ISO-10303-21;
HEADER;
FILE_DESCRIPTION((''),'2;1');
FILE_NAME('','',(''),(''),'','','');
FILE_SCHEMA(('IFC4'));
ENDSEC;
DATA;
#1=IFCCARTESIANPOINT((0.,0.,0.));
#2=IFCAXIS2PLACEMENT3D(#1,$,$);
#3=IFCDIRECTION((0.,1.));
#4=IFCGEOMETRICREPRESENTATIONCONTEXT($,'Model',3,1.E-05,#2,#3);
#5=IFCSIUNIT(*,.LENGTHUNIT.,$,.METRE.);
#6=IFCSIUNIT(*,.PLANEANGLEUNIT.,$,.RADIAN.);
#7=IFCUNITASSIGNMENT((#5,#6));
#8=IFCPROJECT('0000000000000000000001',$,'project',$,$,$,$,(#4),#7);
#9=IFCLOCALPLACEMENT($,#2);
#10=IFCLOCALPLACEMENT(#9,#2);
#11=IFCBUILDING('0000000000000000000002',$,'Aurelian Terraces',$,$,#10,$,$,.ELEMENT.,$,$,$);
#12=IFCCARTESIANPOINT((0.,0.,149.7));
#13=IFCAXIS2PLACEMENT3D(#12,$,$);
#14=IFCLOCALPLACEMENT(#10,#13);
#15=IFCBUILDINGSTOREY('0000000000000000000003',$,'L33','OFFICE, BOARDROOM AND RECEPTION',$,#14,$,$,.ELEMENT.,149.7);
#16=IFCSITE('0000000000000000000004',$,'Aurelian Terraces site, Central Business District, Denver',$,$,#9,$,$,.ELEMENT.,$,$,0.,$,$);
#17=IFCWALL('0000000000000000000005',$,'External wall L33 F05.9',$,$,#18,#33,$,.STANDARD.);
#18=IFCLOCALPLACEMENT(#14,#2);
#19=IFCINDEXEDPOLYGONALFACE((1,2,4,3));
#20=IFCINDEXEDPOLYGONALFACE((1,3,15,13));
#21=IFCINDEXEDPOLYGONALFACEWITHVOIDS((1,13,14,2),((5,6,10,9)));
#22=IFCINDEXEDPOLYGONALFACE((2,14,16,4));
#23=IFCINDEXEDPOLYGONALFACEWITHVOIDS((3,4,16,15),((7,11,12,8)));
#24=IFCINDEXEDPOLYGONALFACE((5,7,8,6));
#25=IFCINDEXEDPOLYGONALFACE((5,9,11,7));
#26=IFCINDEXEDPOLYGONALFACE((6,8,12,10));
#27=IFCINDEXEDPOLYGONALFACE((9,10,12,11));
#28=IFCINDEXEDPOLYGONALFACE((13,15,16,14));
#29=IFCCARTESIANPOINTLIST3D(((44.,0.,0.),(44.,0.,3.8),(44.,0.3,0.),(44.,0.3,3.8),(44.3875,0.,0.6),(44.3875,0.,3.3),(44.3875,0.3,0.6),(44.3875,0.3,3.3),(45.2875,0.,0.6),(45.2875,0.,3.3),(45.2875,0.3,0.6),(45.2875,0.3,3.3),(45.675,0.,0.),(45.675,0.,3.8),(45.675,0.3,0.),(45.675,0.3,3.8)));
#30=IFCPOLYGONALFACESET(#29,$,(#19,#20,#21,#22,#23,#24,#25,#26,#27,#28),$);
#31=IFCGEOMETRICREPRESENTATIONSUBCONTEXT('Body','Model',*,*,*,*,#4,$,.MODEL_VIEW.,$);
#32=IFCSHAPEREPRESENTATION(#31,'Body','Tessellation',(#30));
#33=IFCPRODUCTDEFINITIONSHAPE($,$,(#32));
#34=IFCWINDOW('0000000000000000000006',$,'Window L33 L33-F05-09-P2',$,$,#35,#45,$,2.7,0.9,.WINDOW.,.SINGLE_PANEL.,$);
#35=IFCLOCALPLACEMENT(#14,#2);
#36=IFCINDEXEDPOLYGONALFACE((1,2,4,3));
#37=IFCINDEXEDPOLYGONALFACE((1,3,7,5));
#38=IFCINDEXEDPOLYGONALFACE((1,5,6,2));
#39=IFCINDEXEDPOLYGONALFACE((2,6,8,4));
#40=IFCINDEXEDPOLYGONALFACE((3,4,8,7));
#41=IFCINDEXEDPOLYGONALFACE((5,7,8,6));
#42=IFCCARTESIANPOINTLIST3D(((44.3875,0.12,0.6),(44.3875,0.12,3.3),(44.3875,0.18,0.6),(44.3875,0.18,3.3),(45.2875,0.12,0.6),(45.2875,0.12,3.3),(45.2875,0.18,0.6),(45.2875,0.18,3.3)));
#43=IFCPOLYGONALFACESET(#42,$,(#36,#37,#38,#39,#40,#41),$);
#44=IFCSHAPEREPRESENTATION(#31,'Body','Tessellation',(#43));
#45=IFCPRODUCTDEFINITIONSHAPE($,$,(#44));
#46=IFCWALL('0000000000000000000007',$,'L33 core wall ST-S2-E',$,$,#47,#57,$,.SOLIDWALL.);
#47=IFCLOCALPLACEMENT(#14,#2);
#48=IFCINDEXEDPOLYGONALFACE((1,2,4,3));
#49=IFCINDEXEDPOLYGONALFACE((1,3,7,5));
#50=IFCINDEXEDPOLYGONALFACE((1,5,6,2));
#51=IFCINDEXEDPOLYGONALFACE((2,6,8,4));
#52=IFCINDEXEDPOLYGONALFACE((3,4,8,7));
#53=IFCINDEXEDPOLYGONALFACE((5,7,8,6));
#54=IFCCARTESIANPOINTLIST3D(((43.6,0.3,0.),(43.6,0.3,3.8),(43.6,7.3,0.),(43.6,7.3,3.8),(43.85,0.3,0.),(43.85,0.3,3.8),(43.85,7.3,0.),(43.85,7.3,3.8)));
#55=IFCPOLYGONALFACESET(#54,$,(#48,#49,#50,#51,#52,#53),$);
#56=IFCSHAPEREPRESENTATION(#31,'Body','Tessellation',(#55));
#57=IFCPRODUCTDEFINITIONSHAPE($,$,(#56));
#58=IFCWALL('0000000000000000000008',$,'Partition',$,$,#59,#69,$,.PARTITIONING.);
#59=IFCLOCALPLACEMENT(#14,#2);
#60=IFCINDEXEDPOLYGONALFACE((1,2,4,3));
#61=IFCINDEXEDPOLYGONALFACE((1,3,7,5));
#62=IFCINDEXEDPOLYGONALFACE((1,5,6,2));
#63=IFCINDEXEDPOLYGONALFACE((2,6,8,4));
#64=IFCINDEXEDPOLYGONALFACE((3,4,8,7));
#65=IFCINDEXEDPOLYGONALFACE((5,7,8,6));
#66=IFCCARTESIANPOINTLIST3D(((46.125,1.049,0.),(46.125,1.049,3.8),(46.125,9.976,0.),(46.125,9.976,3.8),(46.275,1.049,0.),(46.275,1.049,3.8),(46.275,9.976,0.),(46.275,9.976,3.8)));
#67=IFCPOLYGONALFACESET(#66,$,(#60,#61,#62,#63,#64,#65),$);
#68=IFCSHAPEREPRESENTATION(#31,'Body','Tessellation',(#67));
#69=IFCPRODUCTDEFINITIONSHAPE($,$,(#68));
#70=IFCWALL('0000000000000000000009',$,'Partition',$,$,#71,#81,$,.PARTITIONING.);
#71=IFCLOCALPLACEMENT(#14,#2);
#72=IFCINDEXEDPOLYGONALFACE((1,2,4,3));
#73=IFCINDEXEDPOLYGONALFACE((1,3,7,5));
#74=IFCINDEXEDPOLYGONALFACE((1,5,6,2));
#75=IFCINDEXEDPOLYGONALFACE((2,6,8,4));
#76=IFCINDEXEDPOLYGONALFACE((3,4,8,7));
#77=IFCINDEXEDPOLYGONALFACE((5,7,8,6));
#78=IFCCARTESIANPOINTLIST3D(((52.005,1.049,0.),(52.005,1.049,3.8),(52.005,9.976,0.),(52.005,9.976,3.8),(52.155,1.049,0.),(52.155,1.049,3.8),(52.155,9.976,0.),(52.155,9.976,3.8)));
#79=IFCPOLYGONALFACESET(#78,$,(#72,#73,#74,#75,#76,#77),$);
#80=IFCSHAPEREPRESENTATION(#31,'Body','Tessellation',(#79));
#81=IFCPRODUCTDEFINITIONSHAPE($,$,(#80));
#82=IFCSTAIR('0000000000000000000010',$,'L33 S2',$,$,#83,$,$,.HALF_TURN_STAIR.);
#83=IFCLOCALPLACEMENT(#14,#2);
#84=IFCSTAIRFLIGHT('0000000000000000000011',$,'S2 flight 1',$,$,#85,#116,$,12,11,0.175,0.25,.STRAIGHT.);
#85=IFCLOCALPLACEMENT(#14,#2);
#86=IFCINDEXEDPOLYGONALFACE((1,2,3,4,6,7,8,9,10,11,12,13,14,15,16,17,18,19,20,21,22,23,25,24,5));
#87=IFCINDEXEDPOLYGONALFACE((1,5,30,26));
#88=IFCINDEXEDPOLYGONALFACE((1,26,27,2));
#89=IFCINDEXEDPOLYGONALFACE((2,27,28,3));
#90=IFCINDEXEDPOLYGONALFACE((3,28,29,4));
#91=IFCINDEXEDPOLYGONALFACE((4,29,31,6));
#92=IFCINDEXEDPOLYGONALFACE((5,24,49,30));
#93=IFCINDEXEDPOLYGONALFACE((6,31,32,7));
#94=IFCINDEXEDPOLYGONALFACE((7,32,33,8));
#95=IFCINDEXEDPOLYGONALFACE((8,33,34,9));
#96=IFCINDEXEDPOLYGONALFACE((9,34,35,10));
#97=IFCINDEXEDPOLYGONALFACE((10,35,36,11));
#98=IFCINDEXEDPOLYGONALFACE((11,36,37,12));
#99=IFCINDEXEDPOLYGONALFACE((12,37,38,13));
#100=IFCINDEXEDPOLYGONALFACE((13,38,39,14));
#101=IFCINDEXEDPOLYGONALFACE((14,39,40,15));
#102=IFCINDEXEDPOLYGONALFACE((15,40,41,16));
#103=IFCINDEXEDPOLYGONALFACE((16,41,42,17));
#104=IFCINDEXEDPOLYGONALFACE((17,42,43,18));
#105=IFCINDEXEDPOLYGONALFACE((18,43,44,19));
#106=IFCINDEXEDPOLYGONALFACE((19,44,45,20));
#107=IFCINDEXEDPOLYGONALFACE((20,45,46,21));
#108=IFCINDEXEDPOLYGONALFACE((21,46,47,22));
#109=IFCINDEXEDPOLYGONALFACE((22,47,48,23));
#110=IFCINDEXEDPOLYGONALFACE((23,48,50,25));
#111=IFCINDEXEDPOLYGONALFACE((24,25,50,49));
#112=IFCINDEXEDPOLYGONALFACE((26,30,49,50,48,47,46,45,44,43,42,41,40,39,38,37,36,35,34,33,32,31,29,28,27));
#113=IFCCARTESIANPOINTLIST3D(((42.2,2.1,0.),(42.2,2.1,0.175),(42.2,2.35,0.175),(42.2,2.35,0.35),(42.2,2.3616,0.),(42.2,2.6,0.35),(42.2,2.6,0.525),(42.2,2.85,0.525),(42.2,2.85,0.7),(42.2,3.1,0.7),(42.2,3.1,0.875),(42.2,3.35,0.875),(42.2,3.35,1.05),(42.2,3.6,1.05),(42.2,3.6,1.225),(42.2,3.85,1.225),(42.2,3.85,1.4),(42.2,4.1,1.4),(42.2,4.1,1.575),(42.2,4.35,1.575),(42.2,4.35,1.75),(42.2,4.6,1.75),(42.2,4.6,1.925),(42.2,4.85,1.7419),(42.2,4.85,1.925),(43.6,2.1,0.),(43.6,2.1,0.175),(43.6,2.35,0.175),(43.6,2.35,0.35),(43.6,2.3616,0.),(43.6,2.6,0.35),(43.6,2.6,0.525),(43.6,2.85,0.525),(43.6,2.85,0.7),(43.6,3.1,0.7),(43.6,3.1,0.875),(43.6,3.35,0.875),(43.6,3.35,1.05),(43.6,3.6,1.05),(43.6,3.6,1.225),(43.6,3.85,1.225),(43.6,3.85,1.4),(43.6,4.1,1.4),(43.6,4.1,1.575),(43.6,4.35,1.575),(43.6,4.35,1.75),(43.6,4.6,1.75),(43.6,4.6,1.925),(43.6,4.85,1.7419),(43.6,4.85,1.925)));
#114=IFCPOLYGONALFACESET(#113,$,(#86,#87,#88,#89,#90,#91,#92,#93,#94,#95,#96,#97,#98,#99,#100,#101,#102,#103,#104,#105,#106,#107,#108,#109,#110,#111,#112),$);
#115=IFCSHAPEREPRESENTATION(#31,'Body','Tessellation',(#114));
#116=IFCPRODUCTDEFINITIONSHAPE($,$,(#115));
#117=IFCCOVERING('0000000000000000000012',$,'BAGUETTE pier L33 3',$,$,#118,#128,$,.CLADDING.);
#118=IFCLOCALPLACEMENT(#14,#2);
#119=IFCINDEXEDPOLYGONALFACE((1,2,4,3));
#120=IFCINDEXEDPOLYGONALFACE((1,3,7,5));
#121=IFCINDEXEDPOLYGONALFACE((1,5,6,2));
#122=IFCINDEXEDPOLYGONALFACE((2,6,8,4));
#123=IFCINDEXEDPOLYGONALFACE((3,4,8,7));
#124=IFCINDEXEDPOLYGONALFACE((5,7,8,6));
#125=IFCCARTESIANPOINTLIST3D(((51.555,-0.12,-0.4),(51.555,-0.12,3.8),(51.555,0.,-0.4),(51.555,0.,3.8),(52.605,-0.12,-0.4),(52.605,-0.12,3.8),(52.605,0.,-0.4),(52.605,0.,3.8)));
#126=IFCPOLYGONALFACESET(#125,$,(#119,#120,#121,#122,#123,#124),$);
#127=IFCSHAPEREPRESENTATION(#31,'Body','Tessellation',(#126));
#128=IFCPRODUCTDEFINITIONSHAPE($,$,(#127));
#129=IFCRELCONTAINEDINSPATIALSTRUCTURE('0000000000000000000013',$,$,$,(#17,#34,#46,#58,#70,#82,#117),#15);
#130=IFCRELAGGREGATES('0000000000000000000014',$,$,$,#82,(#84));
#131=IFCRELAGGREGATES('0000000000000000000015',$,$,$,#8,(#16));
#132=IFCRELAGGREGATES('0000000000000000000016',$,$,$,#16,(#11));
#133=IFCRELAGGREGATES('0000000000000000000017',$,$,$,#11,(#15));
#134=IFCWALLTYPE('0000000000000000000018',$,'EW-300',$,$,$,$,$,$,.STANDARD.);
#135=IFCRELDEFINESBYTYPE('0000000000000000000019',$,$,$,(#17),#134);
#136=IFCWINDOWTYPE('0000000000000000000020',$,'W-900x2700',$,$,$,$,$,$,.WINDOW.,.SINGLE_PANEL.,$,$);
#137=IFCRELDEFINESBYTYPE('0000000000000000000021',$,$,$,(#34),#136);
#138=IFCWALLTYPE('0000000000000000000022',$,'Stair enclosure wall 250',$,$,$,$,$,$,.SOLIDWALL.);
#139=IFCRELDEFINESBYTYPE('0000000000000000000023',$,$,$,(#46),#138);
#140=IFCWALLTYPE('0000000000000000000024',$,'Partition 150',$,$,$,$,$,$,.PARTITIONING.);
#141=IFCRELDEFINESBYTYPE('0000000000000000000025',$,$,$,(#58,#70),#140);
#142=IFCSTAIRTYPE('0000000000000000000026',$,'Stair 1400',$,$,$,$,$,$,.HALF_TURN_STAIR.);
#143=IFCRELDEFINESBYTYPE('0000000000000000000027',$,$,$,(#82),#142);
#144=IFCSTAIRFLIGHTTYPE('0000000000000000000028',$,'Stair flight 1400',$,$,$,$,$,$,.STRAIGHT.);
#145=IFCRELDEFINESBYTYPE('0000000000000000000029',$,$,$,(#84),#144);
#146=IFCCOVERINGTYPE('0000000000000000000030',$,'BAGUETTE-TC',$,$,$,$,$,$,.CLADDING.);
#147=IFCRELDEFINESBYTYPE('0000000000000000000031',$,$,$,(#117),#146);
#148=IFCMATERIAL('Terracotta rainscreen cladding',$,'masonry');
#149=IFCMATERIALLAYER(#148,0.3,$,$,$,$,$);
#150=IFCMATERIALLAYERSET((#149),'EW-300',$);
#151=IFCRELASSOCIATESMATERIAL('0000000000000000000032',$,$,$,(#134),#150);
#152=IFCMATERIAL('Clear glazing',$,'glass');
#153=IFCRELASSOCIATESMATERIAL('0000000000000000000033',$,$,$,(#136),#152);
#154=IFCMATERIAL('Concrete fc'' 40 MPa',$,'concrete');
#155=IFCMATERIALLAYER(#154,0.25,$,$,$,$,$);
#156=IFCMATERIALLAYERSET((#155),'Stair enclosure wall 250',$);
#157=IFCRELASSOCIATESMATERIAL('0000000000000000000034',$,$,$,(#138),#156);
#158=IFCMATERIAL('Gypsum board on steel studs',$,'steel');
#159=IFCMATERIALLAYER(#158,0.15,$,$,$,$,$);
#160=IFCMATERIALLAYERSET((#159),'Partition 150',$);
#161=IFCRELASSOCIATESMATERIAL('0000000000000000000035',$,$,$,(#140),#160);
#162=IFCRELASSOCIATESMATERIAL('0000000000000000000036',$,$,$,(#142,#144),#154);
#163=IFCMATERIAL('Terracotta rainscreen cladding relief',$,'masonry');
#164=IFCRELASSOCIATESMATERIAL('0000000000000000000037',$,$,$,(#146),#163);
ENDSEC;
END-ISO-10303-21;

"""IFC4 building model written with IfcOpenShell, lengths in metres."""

from ifc_helpers import new_model, si_unit, direction, frame, frame_2d, origin, origin_2d, place, context, subcontext, project, spatial, polyline, rectangle, outline, extrude, source, transform, mapped, material, layer, layer_set, type_object, element, fill, aggregate, save


model = new_model("IFC4")

# Units and contexts
model_context = context("Model", 3, precision=1e-05, world=origin(), true_north=direction((0.0, 1.0)))
body_context = subcontext(model_context, "Body", "Model", "MODEL_VIEW")
ifc_project = project(units=[si_unit("LENGTHUNIT", "METRE"), si_unit("PLANEANGLEUNIT", "RADIAN")], contexts=[model_context])

# Site, building, storey
site_placement = place(None, origin())
site = spatial("IfcSite", under=ifc_project, at=site_placement, Name="Aurelian Terraces site, Central Business District, Denver", CompositionType="ELEMENT", RefElevation=0.0)
building_placement = place(site_placement, origin())
building = spatial("IfcBuilding", under=site, at=building_placement, Name="Aurelian Terraces", CompositionType="ELEMENT")
storey_placement = place(building_placement, frame((0.0, 0.0, 149.7)))
storey = spatial("IfcBuildingStorey", under=building, at=storey_placement, Name="L33", Description="OFFICE, BOARDROOM AND RECEPTION", CompositionType="ELEMENT", Elevation=149.7)

# Shared definitions
ifc_material_1 = material(Name="Concrete fc' 40 MPa", Category="concrete")
ifc_material_2 = material(Name="Clear glazing", Category="glass")

# Shared definitions
ifc_material_3 = material(Name="Terracotta rainscreen cladding", Category="masonry")
ifc_layer_1 = layer(ifc_material_3, 0.3)
ifc_layer_set_1 = layer_set([ifc_layer_1], Name="EW-300")
wall_type_1 = type_object("IfcWallType", Name="EW-300", PredefinedType="STANDARD", material=ifc_layer_set_1)

# Wall, opening, window
shared_shape_1 = source(origin(), body_context, "Body", "SweptSolid", [
    extrude(rectangle(XDim=1.675, YDim=0.3, at=frame_2d((0.8375, 0.0))), origin(), (0.0, 0.0, 1.0), 3.8),
])
wall_1_placement = place(storey_placement, frame((44.0, 0.15, 0.0), z_axis=(0.0, 0.0, 1.0), x_axis=(1.0, 0.0, 0.0)))
wall_1 = element("IfcWall", 1, at=wall_1_placement, inside=storey, type_object=wall_type_1, Name="External wall L33 F05.9", PredefinedType="STANDARD", context=body_context, shape_type="MappedRepresentation", body=[
    mapped(shared_shape_1, transform((0.0, 0.0, 0.0), scale=1.0)),
])
shared_shape_2 = source(origin(), body_context, "Body", "SweptSolid", [
    extrude(rectangle(XDim=0.9, YDim=2.7, at=frame_2d((0.45, 1.35))), frame((0.0, 0.16, 0.0), z_axis=(0.0, -1.0, 0.0), x_axis=(1.0, 0.0, 0.0)), (0.0, 0.0, 1.0), 0.32),
])
opening_1_placement = place(wall_1_placement, frame((0.3875, 0.0, 0.6)))
opening_1 = element("IfcOpeningElement", 2, at=opening_1_placement, cuts=wall_1, PredefinedType="OPENING", context=body_context, shape_type="MappedRepresentation", body=[
    mapped(shared_shape_2, transform((0.0, 0.0, 0.0), scale=1.0)),
])
window_type_1 = type_object("IfcWindowType", Name="W-900x2700", PartitioningType="SINGLE_PANEL", PredefinedType="WINDOW", material=ifc_material_2)
shared_shape_3 = source(origin(), body_context, "Body", "SweptSolid", [
    extrude(rectangle(XDim=0.9, YDim=2.7, at=frame_2d((0.45, 1.35))), frame((0.0, 0.03, 0.0), z_axis=(0.0, -1.0, 0.0), x_axis=(1.0, 0.0, 0.0)), (0.0, 0.0, 1.0), 0.06),
])
window_1_placement = place(opening_1_placement, origin())
window_1 = element("IfcWindow", 3, at=window_1_placement, inside=storey, type_object=window_type_1, Name="Window L33 L33-F05-09-P2", OverallHeight=2.7, OverallWidth=0.9, PartitioningType="SINGLE_PANEL", PredefinedType="WINDOW", context=body_context, shape_type="MappedRepresentation", body=[
    mapped(shared_shape_3, transform((0.0, 0.0, 0.0), scale=1.0)),
])
fill(opening_1, window_1)

# Walls
ifc_layer_2 = layer(ifc_material_1, 0.25)
ifc_layer_set_2 = layer_set([ifc_layer_2], Name="Stair enclosure wall 250")
wall_type_2 = type_object("IfcWallType", Name="Stair enclosure wall 250", PredefinedType="SOLIDWALL", material=ifc_layer_set_2)
shared_shape_4 = source(origin(), body_context, "Body", "SweptSolid", [
    extrude(rectangle(XDim=7.0, YDim=0.25, at=frame_2d((3.5, 0.0))), origin(), (0.0, 0.0, 1.0), 3.8),
])
wall_2_placement = place(storey_placement, frame((43.725, 0.3, 0.0), z_axis=(0.0, 0.0, 1.0), x_axis=(0.0, 1.0, 0.0)))
element("IfcWall", 4, at=wall_2_placement, inside=storey, type_object=wall_type_2, Name="L33 core wall ST-S2-E", PredefinedType="SOLIDWALL", context=body_context, shape_type="MappedRepresentation", body=[
    mapped(shared_shape_4, transform((0.0, 0.0, 0.0), scale=1.0)),
])
ifc_material_4 = material(Name="Gypsum board on steel studs", Category="steel")
ifc_layer_3 = layer(ifc_material_4, 0.15)
ifc_layer_set_3 = layer_set([ifc_layer_3], Name="Partition 150")
wall_type_3 = type_object("IfcWallType", Name="Partition 150", PredefinedType="PARTITIONING", material=ifc_layer_set_3)
shared_shape_5 = source(origin(), body_context, "Body", "SweptSolid", [
    extrude(rectangle(XDim=8.927, YDim=0.15, at=frame_2d((4.4635, 0.0))), origin(), (0.0, 0.0, 1.0), 3.8),
])
for number, where, z_axis, x_axis, name in (
    (5, (46.2, 1.049, 0.0), (0.0, 0.0, 1.0), (0.0, 1.0, 0.0), "Partition"),
    (6, (52.08, 1.049, 0.0), (0.0, 0.0, 1.0), (0.0, 1.0, 0.0), "Partition"),
):
    element("IfcWall", number, at=place(storey_placement, frame(where, z_axis=z_axis, x_axis=x_axis)), inside=storey, type_object=wall_type_3, Name=name, PredefinedType="PARTITIONING", context=body_context, shape_type="MappedRepresentation", body=[
        mapped(shared_shape_5, transform((0.0, 0.0, 0.0), scale=1.0)),
    ])

# Stair, stair flight
stair_type = type_object("IfcStairType", Name="Stair 1400", PredefinedType="HALF_TURN_STAIR", material=ifc_material_1)
stair_placement = place(storey_placement, origin())
stair = element("IfcStair", 7, at=stair_placement, inside=storey, type_object=stair_type, Name="L33 S2", PredefinedType="HALF_TURN_STAIR")
stair_flight_type = type_object("IfcStairFlightType", Name="Stair flight 1400", PredefinedType="STRAIGHT", material=ifc_material_1)
shared_shape_6 = source(origin(), body_context, "Body", "SweptSolid", [
    extrude(outline(polyline([(0.0, 0.0), (0.0, 0.175), (0.25, 0.175), (0.25, 0.35), (0.5, 0.35), (0.5, 0.525), (0.75, 0.525), (0.75, 0.7), (1.0, 0.7), (1.0, 0.875), (1.25, 0.875), (1.25, 1.05), (1.5, 1.05), (1.5, 1.225), (1.75, 1.225), (1.75, 1.4), (2.0, 1.4), (2.0, 1.575), (2.25, 1.575), (2.25, 1.75), (2.5, 1.75), (2.5, 1.925), (2.75, 1.925), (2.75, 2.1), (2.75, 1.7419), (0.2616, 0.0), (0.0, 0.0)])), frame((0.0, 0.7, 0.0), z_axis=(0.0, -1.0, 0.0), x_axis=(1.0, 0.0, 0.0)), (0.0, 0.0, 1.0), 1.4),
])
stair_flight_placement = place(storey_placement, frame((42.9, 2.1, 0.0), z_axis=(0.0, 0.0, 1.0), x_axis=(0.0, 1.0, 0.0)))
stair_flight = element("IfcStairFlight", 8, at=stair_flight_placement, type_object=stair_flight_type, Name="S2 flight 1", NumberOfRisers=12, NumberOfTreads=11, PredefinedType="STRAIGHT", RiserHeight=0.175, TreadLength=0.25, context=body_context, shape_type="MappedRepresentation", body=[
    mapped(shared_shape_6, transform((0.0, 0.0, 0.0), scale=1.0)),
])
aggregate(stair, [stair_flight])

# Covering
ifc_material_5 = material(Name="Terracotta rainscreen cladding relief", Category="masonry")
covering_type = type_object("IfcCoveringType", Name="BAGUETTE-TC", PredefinedType="CLADDING", material=ifc_material_5)
shared_shape_7 = source(origin(), body_context, "Body", "SweptSolid", [
    extrude(rectangle(XDim=1.05, YDim=0.12, at=origin_2d()), origin(), (0.0, 0.0, 1.0), 4.2),
])
covering_placement = place(storey_placement, frame((52.08, -0.06, -0.4), z_axis=(0.0, 0.0, 1.0), x_axis=(1.0, 0.0, 0.0)))
element("IfcCovering", 9, at=covering_placement, inside=storey, type_object=covering_type, Name="BAGUETTE pier L33 3", PredefinedType="CLADDING", context=body_context, shape_type="MappedRepresentation", body=[
    mapped(shared_shape_7, transform((0.0, 0.0, 0.0), scale=1.0)),
])

save(model, "model.ifc")
